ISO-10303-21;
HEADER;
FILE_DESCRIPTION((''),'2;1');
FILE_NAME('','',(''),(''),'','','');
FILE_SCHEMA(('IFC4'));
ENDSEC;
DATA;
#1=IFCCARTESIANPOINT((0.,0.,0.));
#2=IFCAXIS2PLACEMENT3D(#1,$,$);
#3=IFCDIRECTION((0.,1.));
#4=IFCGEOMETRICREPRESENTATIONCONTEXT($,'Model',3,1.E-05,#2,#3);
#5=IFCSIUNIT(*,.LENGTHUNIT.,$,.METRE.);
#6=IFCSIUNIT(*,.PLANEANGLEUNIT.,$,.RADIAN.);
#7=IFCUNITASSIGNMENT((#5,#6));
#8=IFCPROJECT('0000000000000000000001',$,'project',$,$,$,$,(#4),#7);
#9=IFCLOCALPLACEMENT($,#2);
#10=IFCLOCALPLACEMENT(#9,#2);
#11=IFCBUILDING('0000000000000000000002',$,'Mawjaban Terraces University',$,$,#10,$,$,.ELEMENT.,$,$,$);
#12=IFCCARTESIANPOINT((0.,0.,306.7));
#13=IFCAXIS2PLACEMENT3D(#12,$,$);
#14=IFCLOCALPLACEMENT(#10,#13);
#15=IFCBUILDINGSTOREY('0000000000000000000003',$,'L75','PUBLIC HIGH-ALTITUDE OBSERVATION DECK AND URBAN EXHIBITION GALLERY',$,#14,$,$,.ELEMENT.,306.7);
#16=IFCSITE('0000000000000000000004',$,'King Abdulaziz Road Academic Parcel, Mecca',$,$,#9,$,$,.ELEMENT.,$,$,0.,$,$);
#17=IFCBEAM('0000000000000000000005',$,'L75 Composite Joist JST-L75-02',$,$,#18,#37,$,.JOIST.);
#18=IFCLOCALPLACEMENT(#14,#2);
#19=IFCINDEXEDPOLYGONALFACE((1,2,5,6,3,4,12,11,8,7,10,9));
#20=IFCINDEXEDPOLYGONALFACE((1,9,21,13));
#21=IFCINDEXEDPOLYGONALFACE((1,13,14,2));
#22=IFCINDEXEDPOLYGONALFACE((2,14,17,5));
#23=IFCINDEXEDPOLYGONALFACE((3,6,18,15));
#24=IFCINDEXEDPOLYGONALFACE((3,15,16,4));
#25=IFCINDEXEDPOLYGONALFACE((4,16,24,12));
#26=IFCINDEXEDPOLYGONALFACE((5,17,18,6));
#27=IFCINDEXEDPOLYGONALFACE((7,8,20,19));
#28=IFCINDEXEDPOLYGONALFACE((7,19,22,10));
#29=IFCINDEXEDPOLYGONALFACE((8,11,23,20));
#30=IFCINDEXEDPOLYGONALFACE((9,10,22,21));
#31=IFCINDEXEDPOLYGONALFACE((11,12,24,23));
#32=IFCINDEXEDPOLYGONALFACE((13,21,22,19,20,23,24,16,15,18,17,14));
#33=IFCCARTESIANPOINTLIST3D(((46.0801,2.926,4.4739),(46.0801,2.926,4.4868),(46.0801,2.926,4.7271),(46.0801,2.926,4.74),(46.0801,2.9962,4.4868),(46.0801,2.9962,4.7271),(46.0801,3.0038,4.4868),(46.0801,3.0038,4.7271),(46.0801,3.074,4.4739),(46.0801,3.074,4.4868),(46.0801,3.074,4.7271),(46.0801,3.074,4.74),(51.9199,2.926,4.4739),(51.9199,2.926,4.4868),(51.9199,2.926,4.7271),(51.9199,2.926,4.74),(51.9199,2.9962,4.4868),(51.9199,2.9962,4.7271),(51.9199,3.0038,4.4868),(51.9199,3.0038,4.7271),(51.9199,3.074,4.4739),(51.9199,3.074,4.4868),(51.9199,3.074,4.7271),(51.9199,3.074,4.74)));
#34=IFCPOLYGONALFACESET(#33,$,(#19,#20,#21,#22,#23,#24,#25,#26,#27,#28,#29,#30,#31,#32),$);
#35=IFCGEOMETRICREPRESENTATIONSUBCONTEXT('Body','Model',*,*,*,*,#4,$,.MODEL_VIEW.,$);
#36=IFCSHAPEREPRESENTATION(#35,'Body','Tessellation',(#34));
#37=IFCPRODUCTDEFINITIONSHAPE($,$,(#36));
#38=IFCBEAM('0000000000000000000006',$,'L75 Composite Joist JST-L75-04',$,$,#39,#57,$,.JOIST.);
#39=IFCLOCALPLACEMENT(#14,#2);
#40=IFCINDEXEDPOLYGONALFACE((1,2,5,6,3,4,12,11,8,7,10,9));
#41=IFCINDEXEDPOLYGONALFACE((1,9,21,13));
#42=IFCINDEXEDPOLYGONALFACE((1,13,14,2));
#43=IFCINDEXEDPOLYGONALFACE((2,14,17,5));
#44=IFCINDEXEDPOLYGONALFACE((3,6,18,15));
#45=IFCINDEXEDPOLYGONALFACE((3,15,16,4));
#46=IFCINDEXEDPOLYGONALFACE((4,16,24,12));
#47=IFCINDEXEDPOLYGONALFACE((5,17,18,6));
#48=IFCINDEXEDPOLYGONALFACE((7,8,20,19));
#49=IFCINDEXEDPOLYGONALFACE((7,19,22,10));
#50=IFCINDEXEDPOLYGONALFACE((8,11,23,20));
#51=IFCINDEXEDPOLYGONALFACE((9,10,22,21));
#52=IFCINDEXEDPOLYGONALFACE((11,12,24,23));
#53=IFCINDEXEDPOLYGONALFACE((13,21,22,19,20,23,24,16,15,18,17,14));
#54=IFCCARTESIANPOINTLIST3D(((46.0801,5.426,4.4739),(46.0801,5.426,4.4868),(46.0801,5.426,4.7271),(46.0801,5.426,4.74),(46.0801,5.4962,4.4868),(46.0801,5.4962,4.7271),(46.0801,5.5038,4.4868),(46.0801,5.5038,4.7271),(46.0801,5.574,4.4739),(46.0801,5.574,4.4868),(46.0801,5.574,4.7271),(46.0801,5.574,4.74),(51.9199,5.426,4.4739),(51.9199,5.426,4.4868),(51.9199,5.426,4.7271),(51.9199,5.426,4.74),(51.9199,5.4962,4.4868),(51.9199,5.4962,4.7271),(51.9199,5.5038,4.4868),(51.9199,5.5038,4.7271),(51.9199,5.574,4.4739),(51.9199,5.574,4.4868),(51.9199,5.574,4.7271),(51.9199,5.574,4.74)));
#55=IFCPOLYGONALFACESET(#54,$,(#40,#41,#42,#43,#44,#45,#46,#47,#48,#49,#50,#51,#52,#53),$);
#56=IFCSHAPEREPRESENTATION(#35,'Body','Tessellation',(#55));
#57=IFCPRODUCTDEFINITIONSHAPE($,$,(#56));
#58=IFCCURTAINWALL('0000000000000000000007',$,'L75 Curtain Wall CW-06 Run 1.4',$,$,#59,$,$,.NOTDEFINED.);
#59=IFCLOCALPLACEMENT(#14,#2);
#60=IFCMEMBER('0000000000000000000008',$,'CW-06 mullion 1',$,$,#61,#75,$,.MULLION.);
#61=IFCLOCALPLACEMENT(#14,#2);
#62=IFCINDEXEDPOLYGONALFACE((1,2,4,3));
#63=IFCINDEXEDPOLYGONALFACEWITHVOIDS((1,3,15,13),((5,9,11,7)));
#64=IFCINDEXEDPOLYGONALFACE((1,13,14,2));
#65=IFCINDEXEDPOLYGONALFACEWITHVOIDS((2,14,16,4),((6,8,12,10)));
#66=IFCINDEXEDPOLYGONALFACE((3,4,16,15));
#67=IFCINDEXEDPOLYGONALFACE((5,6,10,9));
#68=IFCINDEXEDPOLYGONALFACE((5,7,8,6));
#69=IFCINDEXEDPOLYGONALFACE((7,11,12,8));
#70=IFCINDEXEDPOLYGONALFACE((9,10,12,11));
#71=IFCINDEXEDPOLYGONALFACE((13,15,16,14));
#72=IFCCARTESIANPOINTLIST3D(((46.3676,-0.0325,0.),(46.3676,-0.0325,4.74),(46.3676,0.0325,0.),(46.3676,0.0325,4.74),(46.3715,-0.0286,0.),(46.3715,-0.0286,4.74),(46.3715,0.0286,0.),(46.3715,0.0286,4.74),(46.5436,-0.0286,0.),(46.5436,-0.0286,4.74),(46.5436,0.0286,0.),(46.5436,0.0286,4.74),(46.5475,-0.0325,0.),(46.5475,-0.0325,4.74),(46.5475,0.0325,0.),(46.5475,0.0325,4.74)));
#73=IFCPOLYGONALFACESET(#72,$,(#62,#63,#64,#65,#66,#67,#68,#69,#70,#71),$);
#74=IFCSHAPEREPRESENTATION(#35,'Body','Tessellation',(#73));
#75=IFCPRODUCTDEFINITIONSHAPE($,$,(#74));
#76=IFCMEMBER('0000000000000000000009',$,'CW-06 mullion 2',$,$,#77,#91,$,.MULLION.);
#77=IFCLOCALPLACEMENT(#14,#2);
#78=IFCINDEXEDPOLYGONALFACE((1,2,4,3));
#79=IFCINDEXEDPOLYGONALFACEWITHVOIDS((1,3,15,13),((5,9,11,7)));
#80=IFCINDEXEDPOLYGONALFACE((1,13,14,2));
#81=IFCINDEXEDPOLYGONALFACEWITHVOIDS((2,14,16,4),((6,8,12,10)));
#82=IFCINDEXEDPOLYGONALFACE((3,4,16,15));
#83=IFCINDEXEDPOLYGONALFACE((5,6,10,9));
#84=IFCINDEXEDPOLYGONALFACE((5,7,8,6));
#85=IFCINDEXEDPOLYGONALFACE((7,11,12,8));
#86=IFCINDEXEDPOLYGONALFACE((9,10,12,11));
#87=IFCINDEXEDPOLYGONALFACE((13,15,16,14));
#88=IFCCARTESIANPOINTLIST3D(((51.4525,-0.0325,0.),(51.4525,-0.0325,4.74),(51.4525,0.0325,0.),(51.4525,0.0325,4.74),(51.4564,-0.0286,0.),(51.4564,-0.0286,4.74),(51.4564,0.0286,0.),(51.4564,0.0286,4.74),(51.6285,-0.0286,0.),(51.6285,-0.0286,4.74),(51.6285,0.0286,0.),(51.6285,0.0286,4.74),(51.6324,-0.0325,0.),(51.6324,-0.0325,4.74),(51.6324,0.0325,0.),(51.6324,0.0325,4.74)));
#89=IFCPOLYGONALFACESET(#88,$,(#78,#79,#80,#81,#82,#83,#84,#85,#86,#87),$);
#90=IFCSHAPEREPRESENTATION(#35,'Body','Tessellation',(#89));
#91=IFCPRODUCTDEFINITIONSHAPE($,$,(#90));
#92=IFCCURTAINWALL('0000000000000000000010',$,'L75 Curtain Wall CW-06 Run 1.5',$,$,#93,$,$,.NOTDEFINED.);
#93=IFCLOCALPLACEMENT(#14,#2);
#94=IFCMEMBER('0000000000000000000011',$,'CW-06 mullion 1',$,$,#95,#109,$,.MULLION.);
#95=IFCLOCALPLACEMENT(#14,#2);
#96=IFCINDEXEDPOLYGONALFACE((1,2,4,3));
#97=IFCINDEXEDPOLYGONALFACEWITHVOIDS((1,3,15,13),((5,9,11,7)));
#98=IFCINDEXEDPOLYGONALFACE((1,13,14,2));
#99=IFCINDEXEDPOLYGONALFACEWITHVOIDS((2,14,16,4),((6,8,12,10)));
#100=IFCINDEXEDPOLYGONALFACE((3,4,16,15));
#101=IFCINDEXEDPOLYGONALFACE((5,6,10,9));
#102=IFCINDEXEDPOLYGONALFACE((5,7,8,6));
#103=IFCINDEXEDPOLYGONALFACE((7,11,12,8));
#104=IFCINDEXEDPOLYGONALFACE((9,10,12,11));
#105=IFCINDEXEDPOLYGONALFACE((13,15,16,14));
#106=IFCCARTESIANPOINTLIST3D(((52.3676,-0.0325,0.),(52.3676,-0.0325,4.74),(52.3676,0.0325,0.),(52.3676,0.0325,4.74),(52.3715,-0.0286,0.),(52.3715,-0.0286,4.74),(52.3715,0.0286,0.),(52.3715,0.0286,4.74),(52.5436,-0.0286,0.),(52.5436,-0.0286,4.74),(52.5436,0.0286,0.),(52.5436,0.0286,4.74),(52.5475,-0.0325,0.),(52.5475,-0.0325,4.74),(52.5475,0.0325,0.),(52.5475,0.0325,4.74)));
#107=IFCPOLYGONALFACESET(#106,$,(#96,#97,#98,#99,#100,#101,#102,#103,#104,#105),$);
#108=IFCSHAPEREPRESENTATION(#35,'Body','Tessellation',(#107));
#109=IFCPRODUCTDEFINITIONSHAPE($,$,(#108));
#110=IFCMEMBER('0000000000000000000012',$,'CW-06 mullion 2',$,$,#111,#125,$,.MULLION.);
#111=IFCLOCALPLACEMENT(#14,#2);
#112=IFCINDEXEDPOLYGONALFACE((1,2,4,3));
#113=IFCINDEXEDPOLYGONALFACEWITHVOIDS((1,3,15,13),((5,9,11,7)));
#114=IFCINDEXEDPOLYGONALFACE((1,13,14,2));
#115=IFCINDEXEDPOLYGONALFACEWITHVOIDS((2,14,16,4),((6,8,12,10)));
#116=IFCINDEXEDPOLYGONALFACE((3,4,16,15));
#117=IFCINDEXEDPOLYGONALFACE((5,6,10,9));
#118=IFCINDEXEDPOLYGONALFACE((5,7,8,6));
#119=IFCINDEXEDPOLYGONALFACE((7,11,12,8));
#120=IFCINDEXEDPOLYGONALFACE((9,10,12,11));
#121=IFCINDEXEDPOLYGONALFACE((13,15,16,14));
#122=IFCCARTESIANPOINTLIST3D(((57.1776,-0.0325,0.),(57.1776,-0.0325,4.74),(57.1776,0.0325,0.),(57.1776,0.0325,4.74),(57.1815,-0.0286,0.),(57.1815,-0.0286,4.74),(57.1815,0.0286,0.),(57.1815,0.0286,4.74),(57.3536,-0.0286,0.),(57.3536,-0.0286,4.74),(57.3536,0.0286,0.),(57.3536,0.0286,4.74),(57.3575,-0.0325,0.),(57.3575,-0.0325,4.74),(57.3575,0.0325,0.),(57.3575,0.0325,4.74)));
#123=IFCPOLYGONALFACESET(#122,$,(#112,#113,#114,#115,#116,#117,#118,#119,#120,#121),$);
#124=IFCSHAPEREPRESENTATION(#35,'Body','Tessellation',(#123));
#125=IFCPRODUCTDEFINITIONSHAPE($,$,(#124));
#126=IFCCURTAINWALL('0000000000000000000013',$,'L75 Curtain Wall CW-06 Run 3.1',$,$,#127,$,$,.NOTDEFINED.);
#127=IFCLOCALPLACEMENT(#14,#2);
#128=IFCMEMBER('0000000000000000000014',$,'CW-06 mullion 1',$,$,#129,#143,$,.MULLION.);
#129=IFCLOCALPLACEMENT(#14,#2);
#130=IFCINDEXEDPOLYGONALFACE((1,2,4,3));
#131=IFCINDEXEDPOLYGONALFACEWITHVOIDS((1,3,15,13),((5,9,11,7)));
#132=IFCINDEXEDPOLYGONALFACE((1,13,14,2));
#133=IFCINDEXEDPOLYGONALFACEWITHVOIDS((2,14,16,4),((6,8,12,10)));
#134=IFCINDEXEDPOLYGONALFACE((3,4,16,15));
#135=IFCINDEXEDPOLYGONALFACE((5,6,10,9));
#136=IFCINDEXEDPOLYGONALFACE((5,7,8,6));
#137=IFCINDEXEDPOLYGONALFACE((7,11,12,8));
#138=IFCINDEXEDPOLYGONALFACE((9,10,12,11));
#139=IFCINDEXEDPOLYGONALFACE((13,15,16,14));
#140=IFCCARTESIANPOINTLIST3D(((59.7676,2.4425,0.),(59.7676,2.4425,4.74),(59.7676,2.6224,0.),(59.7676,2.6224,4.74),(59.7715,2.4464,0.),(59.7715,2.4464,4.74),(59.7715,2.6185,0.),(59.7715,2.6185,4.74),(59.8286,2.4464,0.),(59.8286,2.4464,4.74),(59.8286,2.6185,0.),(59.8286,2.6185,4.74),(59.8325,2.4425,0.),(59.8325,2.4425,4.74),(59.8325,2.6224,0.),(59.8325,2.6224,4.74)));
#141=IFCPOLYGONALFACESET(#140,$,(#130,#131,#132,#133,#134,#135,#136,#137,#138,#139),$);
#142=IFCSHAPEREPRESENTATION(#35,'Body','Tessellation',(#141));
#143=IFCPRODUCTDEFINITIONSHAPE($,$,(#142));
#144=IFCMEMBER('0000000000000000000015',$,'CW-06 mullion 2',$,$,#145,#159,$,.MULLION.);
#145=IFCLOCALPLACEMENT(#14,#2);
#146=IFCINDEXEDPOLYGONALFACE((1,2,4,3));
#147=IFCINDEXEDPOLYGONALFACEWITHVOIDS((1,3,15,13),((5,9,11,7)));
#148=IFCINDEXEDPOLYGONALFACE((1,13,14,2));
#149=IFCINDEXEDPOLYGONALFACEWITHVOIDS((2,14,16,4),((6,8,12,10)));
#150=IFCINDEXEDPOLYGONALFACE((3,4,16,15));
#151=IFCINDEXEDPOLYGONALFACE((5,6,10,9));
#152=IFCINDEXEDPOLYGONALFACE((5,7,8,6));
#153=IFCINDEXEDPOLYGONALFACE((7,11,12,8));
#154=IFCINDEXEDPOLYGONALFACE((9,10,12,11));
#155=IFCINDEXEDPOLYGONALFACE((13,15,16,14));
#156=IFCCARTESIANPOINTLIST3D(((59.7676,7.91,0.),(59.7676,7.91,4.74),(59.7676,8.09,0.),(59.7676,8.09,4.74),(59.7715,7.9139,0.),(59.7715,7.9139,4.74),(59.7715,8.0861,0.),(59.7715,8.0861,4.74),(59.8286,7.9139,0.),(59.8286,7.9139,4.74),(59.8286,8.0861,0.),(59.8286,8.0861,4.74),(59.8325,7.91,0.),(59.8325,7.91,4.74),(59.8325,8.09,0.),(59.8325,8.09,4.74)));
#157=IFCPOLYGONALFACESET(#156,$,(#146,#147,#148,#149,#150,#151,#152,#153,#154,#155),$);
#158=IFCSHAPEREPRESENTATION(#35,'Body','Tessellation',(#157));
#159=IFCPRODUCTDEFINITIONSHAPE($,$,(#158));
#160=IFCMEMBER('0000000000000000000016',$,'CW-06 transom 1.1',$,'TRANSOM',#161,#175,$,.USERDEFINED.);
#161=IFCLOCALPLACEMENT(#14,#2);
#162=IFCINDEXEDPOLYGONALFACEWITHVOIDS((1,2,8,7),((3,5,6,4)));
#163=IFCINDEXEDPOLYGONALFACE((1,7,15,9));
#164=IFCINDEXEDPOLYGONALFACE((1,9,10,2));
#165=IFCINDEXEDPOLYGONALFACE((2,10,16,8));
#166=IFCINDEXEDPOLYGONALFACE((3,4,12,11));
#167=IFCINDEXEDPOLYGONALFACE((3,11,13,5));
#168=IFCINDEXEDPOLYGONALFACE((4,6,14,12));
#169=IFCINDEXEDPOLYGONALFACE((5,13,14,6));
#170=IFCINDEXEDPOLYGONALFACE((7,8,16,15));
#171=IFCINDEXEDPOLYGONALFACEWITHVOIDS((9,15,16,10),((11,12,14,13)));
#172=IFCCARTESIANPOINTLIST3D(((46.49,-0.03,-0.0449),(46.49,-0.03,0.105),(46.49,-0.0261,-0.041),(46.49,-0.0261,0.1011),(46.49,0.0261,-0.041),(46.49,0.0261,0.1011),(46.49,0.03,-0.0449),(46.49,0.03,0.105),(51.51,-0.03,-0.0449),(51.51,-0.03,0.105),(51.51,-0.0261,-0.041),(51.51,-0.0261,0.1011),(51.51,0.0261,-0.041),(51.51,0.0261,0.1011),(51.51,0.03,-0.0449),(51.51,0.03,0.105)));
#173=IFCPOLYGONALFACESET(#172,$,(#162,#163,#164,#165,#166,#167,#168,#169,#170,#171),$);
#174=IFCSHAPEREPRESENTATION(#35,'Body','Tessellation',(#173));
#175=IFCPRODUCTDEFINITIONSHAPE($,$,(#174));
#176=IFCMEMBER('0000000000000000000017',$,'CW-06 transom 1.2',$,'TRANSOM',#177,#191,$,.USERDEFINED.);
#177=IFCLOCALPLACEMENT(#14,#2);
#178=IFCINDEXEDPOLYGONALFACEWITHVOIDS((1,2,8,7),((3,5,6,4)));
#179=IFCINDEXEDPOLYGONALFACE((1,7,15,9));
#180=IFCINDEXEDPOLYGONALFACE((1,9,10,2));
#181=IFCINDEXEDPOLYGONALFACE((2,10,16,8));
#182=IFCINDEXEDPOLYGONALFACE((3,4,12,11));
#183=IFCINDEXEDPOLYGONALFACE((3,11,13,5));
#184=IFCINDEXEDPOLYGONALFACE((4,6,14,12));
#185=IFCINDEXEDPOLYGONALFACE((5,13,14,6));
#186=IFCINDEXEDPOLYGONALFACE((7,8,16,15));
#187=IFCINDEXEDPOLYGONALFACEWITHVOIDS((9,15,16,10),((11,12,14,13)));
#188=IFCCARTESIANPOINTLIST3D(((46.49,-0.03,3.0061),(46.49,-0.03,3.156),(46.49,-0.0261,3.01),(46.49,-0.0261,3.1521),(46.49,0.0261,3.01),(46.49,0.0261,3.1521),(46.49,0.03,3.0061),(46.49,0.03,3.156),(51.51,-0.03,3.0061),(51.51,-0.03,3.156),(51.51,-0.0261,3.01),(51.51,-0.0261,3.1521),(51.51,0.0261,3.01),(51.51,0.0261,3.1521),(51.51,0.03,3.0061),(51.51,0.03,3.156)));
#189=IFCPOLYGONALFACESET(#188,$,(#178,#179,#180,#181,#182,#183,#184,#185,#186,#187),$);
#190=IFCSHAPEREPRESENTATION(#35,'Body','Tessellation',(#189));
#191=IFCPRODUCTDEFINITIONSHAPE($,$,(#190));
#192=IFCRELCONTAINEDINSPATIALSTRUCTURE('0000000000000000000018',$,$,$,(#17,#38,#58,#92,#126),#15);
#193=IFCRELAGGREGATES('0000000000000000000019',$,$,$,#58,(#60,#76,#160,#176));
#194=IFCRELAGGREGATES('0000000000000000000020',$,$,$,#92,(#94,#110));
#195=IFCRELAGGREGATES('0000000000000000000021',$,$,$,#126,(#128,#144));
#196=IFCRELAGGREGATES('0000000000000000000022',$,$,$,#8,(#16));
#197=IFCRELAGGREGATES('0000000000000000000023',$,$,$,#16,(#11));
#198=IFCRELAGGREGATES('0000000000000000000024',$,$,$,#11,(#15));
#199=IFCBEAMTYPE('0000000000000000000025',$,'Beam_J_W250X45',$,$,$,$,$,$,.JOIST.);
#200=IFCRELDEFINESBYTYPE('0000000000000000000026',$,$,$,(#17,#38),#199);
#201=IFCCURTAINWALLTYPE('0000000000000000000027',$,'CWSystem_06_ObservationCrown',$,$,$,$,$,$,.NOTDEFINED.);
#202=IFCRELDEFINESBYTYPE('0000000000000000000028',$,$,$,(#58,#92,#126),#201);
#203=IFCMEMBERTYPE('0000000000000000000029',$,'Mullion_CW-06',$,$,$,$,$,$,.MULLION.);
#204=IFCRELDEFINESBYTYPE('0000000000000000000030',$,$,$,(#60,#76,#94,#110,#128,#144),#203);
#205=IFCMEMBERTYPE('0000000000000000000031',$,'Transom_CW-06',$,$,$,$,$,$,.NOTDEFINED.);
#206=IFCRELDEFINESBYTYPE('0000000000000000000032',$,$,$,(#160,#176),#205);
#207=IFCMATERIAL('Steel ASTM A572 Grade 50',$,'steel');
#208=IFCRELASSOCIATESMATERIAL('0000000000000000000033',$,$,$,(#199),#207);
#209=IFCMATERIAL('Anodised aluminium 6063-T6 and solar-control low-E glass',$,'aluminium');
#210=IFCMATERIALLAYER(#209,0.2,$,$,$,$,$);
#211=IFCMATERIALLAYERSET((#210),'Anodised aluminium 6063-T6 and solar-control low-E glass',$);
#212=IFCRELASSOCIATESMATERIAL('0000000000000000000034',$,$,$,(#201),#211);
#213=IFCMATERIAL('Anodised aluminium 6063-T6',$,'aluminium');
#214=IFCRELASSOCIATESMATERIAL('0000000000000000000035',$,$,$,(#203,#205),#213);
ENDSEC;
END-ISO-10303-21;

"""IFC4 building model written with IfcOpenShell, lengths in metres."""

from ifc_helpers import new_model, si_unit, direction, frame, origin, origin_2d, place, context, subcontext, project, spatial, hollow_rectangle, i_section, extrude, material, layer, layer_set, material_profile, profile_set, type_object, element, aggregate, save


model = new_model("IFC4")

# Units and contexts
model_context = context("Model", 3, precision=1e-05, world=origin(), true_north=direction((0.0, 1.0)))
body_context = subcontext(model_context, "Body", "Model", "MODEL_VIEW")
ifc_project = project(units=[si_unit("LENGTHUNIT", "METRE"), si_unit("PLANEANGLEUNIT", "RADIAN")], contexts=[model_context])

# Site, building, storey
site_placement = place(None, origin())
site = spatial("IfcSite", under=ifc_project, at=site_placement, Name="King Abdulaziz Road Academic Parcel, Mecca", CompositionType="ELEMENT", RefElevation=0.0)
building_placement = place(site_placement, origin())
building = spatial("IfcBuilding", under=site, at=building_placement, Name="Mawjaban Terraces University", CompositionType="ELEMENT")
storey_placement = place(building_placement, frame((0.0, 0.0, 306.7)))
storey = spatial("IfcBuildingStorey", under=building, at=storey_placement, Name="L75", Description="PUBLIC HIGH-ALTITUDE OBSERVATION DECK AND URBAN EXHIBITION GALLERY", CompositionType="ELEMENT", Elevation=306.7)

# Beams
ifc_material_1 = material(Name="Steel ASTM A572 Grade 50", Category="steel")
ifc_material_profile_1 = material_profile(ifc_material_1, i_section(OverallWidth=0.1479, OverallDepth=0.2661, WebThickness=0.0076, FlangeThickness=0.0129, at=origin_2d()), Name="W250X45")
ifc_profile_set_1 = profile_set([ifc_material_profile_1], Name="Steel ASTM A572 Grade 50")
beam_type_1 = type_object("IfcBeamType", Name="Beam_J_W250X45", PredefinedType="JOIST", material=ifc_profile_set_1)
for number, where, z_axis, x_axis, name in (
    (1, (46.0801, 3.0, 4.6069), (1.0, 0.0, 0.0), (0.0, 1.0, 0.0), "L75 Composite Joist JST-L75-02"),
    (2, (46.0801, 5.5, 4.6069), (1.0, 0.0, 0.0), (0.0, 1.0, 0.0), "L75 Composite Joist JST-L75-04"),
):
    element("IfcBeam", number, at=place(storey_placement, frame(where, z_axis=z_axis, x_axis=x_axis)), inside=storey, type_object=beam_type_1, Name=name, PredefinedType="JOIST", context=body_context, shape_type="SweptSolid", body=[
        extrude(i_section(OverallWidth=0.1479, OverallDepth=0.2661, WebThickness=0.0076, FlangeThickness=0.0129, at=origin_2d()), origin(), (0.0, 0.0, 1.0), 5.8398),
    ])

# Curtain walls, members
ifc_material_2 = material(Name="Anodised aluminium 6063-T6 and solar-control low-E glass", Category="aluminium")
ifc_layer_1 = layer(ifc_material_2, 0.2)
ifc_layer_set_1 = layer_set([ifc_layer_1], Name="Anodised aluminium 6063-T6 and solar-control low-E glass")
curtain_wall_type = type_object("IfcCurtainWallType", Name="CWSystem_06_ObservationCrown", PredefinedType="NOTDEFINED", material=ifc_layer_set_1)
curtain_wall_1_placement = place(storey_placement, origin())
curtain_wall_1 = element("IfcCurtainWall", 3, at=curtain_wall_1_placement, inside=storey, type_object=curtain_wall_type, Name="L75 Curtain Wall CW-06 Run 1.4", PredefinedType="NOTDEFINED")
ifc_material_3 = material(Name="Anodised aluminium 6063-T6", Category="aluminium")
ifc_material_profile_2 = material_profile(ifc_material_3, hollow_rectangle(XDim=0.0649, YDim=0.1799, WallThickness=0.0039, at=origin_2d()), Name="ALU180X65X4")
ifc_profile_set_2 = profile_set([ifc_material_profile_2], Name="Anodised aluminium 6063-T6")
member_type_1 = type_object("IfcMemberType", Name="Mullion_CW-06", PredefinedType="MULLION", material=ifc_profile_set_2)
member_1_placement = place(storey_placement, frame((46.4575, 0.0, 0.0), z_axis=(0.0, 0.0, 1.0), x_axis=(0.0, 1.0, 0.0)))
member_1 = element("IfcMember", 4, at=member_1_placement, type_object=member_type_1, Name="CW-06 mullion 1", PredefinedType="MULLION", context=body_context, shape_type="SweptSolid", body=[
    extrude(hollow_rectangle(XDim=0.0649, YDim=0.1799, WallThickness=0.0039, at=origin_2d()), origin(), (0.0, 0.0, 1.0), 4.74),
])
member_2_placement = place(storey_placement, frame((51.5425, 0.0, 0.0), z_axis=(0.0, 0.0, 1.0), x_axis=(0.0, 1.0, 0.0)))
member_2 = element("IfcMember", 5, at=member_2_placement, type_object=member_type_1, Name="CW-06 mullion 2", PredefinedType="MULLION", context=body_context, shape_type="SweptSolid", body=[
    extrude(hollow_rectangle(XDim=0.0649, YDim=0.1799, WallThickness=0.0039, at=origin_2d()), origin(), (0.0, 0.0, 1.0), 4.74),
])
curtain_wall_2_placement = place(storey_placement, origin())
curtain_wall_2 = element("IfcCurtainWall", 6, at=curtain_wall_2_placement, inside=storey, type_object=curtain_wall_type, Name="L75 Curtain Wall CW-06 Run 1.5", PredefinedType="NOTDEFINED")
member_3_placement = place(storey_placement, frame((52.4575, 0.0, 0.0), z_axis=(0.0, 0.0, 1.0), x_axis=(0.0, 1.0, 0.0)))
member_3 = element("IfcMember", 7, at=member_3_placement, type_object=member_type_1, Name="CW-06 mullion 1", PredefinedType="MULLION", context=body_context, shape_type="SweptSolid", body=[
    extrude(hollow_rectangle(XDim=0.0649, YDim=0.1799, WallThickness=0.0039, at=origin_2d()), origin(), (0.0, 0.0, 1.0), 4.74),
])
member_4_placement = place(storey_placement, frame((57.2676, 0.0, 0.0), z_axis=(0.0, 0.0, 1.0), x_axis=(0.0, 1.0, 0.0)))
member_4 = element("IfcMember", 8, at=member_4_placement, type_object=member_type_1, Name="CW-06 mullion 2", PredefinedType="MULLION", context=body_context, shape_type="SweptSolid", body=[
    extrude(hollow_rectangle(XDim=0.0649, YDim=0.1799, WallThickness=0.0039, at=origin_2d()), origin(), (0.0, 0.0, 1.0), 4.74),
])
curtain_wall_3_placement = place(storey_placement, origin())
curtain_wall_3 = element("IfcCurtainWall", 9, at=curtain_wall_3_placement, inside=storey, type_object=curtain_wall_type, Name="L75 Curtain Wall CW-06 Run 3.1", PredefinedType="NOTDEFINED")
member_5_placement = place(storey_placement, frame((59.8, 2.5325, 0.0), z_axis=(0.0, 0.0, 1.0), x_axis=(-1.0, 0.0, 0.0)))
member_5 = element("IfcMember", 10, at=member_5_placement, type_object=member_type_1, Name="CW-06 mullion 1", PredefinedType="MULLION", context=body_context, shape_type="SweptSolid", body=[
    extrude(hollow_rectangle(XDim=0.0649, YDim=0.1799, WallThickness=0.0039, at=origin_2d()), origin(), (0.0, 0.0, 1.0), 4.74),
])
member_6_placement = place(storey_placement, frame((59.8, 8.0, 0.0), z_axis=(0.0, 0.0, 1.0), x_axis=(-1.0, 0.0, 0.0)))
member_6 = element("IfcMember", 11, at=member_6_placement, type_object=member_type_1, Name="CW-06 mullion 2", PredefinedType="MULLION", context=body_context, shape_type="SweptSolid", body=[
    extrude(hollow_rectangle(XDim=0.0649, YDim=0.1799, WallThickness=0.0039, at=origin_2d()), origin(), (0.0, 0.0, 1.0), 4.74),
])

# Members
ifc_material_profile_3 = material_profile(ifc_material_3, hollow_rectangle(XDim=0.0601, YDim=0.1499, WallThickness=0.0039, at=origin_2d()), Name="ALU150X60X4")
ifc_profile_set_3 = profile_set([ifc_material_profile_3], Name="Anodised aluminium 6063-T6")
member_type_2 = type_object("IfcMemberType", Name="Transom_CW-06", PredefinedType="NOTDEFINED", material=ifc_profile_set_3)
member_7_placement = place(storey_placement, frame((46.49, 0.0, 0.03), z_axis=(1.0, 0.0, 0.0), x_axis=(0.0, 1.0, 0.0)))
member_7 = element("IfcMember", 12, at=member_7_placement, type_object=member_type_2, Name="CW-06 transom 1.1", ObjectType="TRANSOM", PredefinedType="USERDEFINED", context=body_context, shape_type="SweptSolid", body=[
    extrude(hollow_rectangle(XDim=0.0601, YDim=0.1499, WallThickness=0.0039, at=origin_2d()), origin(), (0.0, 0.0, 1.0), 5.02),
])
member_8_placement = place(storey_placement, frame((46.49, 0.0, 3.0811), z_axis=(1.0, 0.0, 0.0), x_axis=(0.0, 1.0, 0.0)))
member_8 = element("IfcMember", 13, at=member_8_placement, type_object=member_type_2, Name="CW-06 transom 1.2", ObjectType="TRANSOM", PredefinedType="USERDEFINED", context=body_context, shape_type="SweptSolid", body=[
    extrude(hollow_rectangle(XDim=0.0601, YDim=0.1499, WallThickness=0.0039, at=origin_2d()), origin(), (0.0, 0.0, 1.0), 5.02),
])

aggregate(curtain_wall_1, [member_1, member_2, member_7, member_8])
aggregate(curtain_wall_2, [member_3, member_4])
aggregate(curtain_wall_3, [member_5, member_6])

save(model, "model.ifc")
